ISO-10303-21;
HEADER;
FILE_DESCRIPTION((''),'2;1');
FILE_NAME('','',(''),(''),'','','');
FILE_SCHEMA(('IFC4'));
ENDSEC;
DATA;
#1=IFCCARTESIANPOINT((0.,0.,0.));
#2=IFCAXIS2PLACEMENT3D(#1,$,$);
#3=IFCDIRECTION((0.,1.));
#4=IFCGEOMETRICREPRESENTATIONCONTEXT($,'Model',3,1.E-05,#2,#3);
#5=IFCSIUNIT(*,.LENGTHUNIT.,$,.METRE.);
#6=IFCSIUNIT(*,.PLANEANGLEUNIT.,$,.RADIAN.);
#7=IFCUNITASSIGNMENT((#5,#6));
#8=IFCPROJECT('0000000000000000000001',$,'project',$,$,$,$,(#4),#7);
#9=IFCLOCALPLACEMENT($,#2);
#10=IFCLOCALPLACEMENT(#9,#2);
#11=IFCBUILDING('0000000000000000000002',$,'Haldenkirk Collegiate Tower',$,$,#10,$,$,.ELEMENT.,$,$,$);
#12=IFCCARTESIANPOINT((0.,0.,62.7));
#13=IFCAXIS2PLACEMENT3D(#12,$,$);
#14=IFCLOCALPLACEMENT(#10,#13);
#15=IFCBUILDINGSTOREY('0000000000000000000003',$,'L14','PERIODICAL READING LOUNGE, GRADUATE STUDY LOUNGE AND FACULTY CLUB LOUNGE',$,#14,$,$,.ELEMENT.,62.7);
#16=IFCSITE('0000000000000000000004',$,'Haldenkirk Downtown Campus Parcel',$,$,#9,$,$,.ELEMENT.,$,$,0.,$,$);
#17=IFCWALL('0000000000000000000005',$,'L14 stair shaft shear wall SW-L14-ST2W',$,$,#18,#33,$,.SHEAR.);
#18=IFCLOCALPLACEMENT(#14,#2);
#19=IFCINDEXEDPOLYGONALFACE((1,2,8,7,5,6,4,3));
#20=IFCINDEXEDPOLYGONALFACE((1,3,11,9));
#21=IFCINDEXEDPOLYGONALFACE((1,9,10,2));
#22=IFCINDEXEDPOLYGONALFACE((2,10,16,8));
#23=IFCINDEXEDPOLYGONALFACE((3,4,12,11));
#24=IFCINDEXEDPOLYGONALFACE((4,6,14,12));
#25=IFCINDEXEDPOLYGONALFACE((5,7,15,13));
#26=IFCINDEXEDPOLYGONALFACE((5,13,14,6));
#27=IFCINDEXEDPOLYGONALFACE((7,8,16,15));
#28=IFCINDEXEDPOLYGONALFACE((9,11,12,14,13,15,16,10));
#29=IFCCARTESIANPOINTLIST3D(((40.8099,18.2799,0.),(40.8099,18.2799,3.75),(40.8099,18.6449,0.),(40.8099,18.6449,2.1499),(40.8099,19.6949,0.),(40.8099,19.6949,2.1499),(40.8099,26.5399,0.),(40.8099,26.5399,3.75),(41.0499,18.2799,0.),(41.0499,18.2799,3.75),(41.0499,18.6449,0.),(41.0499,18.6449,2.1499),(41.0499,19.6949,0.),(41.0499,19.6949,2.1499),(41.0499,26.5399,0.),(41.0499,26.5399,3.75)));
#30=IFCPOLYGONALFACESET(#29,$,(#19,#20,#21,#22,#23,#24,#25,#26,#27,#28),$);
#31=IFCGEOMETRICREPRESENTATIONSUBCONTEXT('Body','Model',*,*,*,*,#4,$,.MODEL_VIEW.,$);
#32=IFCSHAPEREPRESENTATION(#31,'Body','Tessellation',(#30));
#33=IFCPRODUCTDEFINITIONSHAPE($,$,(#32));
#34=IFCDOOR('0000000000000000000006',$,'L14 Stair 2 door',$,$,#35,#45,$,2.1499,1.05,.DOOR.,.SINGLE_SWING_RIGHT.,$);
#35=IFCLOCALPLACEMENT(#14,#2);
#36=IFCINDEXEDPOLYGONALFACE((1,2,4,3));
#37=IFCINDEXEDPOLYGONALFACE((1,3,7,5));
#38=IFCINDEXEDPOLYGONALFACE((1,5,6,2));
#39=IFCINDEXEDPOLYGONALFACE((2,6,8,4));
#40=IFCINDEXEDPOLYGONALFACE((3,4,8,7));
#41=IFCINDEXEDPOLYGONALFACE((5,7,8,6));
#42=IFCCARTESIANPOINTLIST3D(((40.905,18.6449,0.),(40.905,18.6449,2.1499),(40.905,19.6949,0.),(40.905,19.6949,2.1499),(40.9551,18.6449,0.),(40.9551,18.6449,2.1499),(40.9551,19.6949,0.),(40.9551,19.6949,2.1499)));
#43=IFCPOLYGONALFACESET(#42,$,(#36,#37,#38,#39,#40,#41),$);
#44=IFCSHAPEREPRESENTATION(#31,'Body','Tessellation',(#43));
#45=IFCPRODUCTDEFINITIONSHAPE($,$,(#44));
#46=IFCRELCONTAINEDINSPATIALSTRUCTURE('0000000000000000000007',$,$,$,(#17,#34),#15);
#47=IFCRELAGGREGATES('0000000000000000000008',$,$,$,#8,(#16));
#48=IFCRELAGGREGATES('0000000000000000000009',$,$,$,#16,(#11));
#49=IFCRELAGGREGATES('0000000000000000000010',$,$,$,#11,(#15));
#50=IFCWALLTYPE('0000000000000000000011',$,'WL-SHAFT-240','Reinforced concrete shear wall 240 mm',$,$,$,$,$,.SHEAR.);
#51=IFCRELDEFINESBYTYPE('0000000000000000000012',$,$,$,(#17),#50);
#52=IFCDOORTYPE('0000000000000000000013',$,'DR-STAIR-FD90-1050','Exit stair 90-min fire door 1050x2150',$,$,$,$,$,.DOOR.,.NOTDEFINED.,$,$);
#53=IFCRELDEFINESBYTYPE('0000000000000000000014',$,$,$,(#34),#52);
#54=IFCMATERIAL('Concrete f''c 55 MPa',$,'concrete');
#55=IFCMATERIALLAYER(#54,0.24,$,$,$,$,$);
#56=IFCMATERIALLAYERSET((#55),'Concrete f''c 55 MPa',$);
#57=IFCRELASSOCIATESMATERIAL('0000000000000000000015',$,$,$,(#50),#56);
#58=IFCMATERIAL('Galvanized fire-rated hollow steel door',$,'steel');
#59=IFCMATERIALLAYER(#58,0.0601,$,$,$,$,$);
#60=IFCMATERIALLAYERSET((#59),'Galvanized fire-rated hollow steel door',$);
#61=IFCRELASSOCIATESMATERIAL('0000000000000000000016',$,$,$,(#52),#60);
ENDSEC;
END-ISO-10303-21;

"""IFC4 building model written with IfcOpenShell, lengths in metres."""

from ifc_helpers import new_model, si_unit, direction, frame, frame_2d, origin, place, context, subcontext, project, spatial, rectangle, extrude, material, layer, layer_set, type_object, element, fill, save


model = new_model("IFC4")

# Units and contexts
model_context = context("Model", 3, precision=1e-05, world=origin(), true_north=direction((0.0, 1.0)))
body_context = subcontext(model_context, "Body", "Model", "MODEL_VIEW")
ifc_project = project(units=[si_unit("LENGTHUNIT", "METRE"), si_unit("PLANEANGLEUNIT", "RADIAN")], contexts=[model_context])

# Site, building, storey
site_placement = place(None, origin())
site = spatial("IfcSite", under=ifc_project, at=site_placement, Name="Haldenkirk Downtown Campus Parcel", CompositionType="ELEMENT", RefElevation=0.0)
building_placement = place(site_placement, origin())
building = spatial("IfcBuilding", under=site, at=building_placement, Name="Haldenkirk Collegiate Tower", CompositionType="ELEMENT")
storey_placement = place(building_placement, frame((0.0, 0.0, 62.7)))
storey = spatial("IfcBuildingStorey", under=building, at=storey_placement, Name="L14", Description="PERIODICAL READING LOUNGE, GRADUATE STUDY LOUNGE AND FACULTY CLUB LOUNGE", CompositionType="ELEMENT", Elevation=62.7)

# Wall, opening, door
ifc_material_1 = material(Name="Concrete f'c 55 MPa", Category="concrete")
ifc_layer_1 = layer(ifc_material_1, 0.24)
ifc_layer_set_1 = layer_set([ifc_layer_1], Name="Concrete f'c 55 MPa")
wall_type_1 = type_object("IfcWallType", Name="WL-SHAFT-240", Description="Reinforced concrete shear wall 240 mm", PredefinedType="SHEAR", material=ifc_layer_set_1)
wall_1_placement = place(storey_placement, frame((40.9299, 18.28, 0.0), z_axis=(0.0, 0.0, 1.0), x_axis=(0.0, 1.0, 0.0)))
wall_1 = element("IfcWall", 1, at=wall_1_placement, inside=storey, type_object=wall_type_1, Name="L14 stair shaft shear wall SW-L14-ST2W", PredefinedType="SHEAR", context=body_context, shape_type="SweptSolid", body=[
    extrude(rectangle(XDim=8.26, YDim=0.24, at=frame_2d((4.1299, 0.0))), origin(), (0.0, 0.0, 1.0), 3.75),
])
opening_1_placement = place(wall_1_placement, frame((0.365, 0.0, 0.0)))
opening_1 = element("IfcOpeningElement", 2, at=opening_1_placement, cuts=wall_1, PredefinedType="OPENING", context=body_context, shape_type="SweptSolid", body=[
    extrude(rectangle(XDim=1.05, YDim=2.1499, at=frame_2d((0.5249, 1.075))), frame((0.0, 0.1299, 0.0), z_axis=(0.0, -1.0, 0.0), x_axis=(1.0, 0.0, 0.0)), (0.0, 0.0, 1.0), 0.26),
])
ifc_material_2 = material(Name="Galvanized fire-rated hollow steel door", Category="steel")
ifc_layer_2 = layer(ifc_material_2, 0.0601)
ifc_layer_set_2 = layer_set([ifc_layer_2], Name="Galvanized fire-rated hollow steel door")
door_type_1 = type_object("IfcDoorType", Name="DR-STAIR-FD90-1050", Description="Exit stair 90-min fire door 1050x2150", OperationType="NOTDEFINED", PredefinedType="DOOR", material=ifc_layer_set_2)
door_1_placement = place(opening_1_placement, origin())
door_1 = element("IfcDoor", 3, at=door_1_placement, inside=storey, type_object=door_type_1, Name="L14 Stair 2 door", OperationType="SINGLE_SWING_RIGHT", OverallHeight=2.1499, OverallWidth=1.05, PredefinedType="DOOR", context=body_context, shape_type="SweptSolid", body=[
    extrude(rectangle(XDim=1.05, YDim=2.1499, at=frame_2d((0.5249, 1.075))), frame((0.0, 0.0249, 0.0), z_axis=(0.0, -1.0, 0.0), x_axis=(1.0, 0.0, 0.0)), (0.0, 0.0, 1.0), 0.05),
])
fill(opening_1, door_1)

save(model, "model.ifc")
